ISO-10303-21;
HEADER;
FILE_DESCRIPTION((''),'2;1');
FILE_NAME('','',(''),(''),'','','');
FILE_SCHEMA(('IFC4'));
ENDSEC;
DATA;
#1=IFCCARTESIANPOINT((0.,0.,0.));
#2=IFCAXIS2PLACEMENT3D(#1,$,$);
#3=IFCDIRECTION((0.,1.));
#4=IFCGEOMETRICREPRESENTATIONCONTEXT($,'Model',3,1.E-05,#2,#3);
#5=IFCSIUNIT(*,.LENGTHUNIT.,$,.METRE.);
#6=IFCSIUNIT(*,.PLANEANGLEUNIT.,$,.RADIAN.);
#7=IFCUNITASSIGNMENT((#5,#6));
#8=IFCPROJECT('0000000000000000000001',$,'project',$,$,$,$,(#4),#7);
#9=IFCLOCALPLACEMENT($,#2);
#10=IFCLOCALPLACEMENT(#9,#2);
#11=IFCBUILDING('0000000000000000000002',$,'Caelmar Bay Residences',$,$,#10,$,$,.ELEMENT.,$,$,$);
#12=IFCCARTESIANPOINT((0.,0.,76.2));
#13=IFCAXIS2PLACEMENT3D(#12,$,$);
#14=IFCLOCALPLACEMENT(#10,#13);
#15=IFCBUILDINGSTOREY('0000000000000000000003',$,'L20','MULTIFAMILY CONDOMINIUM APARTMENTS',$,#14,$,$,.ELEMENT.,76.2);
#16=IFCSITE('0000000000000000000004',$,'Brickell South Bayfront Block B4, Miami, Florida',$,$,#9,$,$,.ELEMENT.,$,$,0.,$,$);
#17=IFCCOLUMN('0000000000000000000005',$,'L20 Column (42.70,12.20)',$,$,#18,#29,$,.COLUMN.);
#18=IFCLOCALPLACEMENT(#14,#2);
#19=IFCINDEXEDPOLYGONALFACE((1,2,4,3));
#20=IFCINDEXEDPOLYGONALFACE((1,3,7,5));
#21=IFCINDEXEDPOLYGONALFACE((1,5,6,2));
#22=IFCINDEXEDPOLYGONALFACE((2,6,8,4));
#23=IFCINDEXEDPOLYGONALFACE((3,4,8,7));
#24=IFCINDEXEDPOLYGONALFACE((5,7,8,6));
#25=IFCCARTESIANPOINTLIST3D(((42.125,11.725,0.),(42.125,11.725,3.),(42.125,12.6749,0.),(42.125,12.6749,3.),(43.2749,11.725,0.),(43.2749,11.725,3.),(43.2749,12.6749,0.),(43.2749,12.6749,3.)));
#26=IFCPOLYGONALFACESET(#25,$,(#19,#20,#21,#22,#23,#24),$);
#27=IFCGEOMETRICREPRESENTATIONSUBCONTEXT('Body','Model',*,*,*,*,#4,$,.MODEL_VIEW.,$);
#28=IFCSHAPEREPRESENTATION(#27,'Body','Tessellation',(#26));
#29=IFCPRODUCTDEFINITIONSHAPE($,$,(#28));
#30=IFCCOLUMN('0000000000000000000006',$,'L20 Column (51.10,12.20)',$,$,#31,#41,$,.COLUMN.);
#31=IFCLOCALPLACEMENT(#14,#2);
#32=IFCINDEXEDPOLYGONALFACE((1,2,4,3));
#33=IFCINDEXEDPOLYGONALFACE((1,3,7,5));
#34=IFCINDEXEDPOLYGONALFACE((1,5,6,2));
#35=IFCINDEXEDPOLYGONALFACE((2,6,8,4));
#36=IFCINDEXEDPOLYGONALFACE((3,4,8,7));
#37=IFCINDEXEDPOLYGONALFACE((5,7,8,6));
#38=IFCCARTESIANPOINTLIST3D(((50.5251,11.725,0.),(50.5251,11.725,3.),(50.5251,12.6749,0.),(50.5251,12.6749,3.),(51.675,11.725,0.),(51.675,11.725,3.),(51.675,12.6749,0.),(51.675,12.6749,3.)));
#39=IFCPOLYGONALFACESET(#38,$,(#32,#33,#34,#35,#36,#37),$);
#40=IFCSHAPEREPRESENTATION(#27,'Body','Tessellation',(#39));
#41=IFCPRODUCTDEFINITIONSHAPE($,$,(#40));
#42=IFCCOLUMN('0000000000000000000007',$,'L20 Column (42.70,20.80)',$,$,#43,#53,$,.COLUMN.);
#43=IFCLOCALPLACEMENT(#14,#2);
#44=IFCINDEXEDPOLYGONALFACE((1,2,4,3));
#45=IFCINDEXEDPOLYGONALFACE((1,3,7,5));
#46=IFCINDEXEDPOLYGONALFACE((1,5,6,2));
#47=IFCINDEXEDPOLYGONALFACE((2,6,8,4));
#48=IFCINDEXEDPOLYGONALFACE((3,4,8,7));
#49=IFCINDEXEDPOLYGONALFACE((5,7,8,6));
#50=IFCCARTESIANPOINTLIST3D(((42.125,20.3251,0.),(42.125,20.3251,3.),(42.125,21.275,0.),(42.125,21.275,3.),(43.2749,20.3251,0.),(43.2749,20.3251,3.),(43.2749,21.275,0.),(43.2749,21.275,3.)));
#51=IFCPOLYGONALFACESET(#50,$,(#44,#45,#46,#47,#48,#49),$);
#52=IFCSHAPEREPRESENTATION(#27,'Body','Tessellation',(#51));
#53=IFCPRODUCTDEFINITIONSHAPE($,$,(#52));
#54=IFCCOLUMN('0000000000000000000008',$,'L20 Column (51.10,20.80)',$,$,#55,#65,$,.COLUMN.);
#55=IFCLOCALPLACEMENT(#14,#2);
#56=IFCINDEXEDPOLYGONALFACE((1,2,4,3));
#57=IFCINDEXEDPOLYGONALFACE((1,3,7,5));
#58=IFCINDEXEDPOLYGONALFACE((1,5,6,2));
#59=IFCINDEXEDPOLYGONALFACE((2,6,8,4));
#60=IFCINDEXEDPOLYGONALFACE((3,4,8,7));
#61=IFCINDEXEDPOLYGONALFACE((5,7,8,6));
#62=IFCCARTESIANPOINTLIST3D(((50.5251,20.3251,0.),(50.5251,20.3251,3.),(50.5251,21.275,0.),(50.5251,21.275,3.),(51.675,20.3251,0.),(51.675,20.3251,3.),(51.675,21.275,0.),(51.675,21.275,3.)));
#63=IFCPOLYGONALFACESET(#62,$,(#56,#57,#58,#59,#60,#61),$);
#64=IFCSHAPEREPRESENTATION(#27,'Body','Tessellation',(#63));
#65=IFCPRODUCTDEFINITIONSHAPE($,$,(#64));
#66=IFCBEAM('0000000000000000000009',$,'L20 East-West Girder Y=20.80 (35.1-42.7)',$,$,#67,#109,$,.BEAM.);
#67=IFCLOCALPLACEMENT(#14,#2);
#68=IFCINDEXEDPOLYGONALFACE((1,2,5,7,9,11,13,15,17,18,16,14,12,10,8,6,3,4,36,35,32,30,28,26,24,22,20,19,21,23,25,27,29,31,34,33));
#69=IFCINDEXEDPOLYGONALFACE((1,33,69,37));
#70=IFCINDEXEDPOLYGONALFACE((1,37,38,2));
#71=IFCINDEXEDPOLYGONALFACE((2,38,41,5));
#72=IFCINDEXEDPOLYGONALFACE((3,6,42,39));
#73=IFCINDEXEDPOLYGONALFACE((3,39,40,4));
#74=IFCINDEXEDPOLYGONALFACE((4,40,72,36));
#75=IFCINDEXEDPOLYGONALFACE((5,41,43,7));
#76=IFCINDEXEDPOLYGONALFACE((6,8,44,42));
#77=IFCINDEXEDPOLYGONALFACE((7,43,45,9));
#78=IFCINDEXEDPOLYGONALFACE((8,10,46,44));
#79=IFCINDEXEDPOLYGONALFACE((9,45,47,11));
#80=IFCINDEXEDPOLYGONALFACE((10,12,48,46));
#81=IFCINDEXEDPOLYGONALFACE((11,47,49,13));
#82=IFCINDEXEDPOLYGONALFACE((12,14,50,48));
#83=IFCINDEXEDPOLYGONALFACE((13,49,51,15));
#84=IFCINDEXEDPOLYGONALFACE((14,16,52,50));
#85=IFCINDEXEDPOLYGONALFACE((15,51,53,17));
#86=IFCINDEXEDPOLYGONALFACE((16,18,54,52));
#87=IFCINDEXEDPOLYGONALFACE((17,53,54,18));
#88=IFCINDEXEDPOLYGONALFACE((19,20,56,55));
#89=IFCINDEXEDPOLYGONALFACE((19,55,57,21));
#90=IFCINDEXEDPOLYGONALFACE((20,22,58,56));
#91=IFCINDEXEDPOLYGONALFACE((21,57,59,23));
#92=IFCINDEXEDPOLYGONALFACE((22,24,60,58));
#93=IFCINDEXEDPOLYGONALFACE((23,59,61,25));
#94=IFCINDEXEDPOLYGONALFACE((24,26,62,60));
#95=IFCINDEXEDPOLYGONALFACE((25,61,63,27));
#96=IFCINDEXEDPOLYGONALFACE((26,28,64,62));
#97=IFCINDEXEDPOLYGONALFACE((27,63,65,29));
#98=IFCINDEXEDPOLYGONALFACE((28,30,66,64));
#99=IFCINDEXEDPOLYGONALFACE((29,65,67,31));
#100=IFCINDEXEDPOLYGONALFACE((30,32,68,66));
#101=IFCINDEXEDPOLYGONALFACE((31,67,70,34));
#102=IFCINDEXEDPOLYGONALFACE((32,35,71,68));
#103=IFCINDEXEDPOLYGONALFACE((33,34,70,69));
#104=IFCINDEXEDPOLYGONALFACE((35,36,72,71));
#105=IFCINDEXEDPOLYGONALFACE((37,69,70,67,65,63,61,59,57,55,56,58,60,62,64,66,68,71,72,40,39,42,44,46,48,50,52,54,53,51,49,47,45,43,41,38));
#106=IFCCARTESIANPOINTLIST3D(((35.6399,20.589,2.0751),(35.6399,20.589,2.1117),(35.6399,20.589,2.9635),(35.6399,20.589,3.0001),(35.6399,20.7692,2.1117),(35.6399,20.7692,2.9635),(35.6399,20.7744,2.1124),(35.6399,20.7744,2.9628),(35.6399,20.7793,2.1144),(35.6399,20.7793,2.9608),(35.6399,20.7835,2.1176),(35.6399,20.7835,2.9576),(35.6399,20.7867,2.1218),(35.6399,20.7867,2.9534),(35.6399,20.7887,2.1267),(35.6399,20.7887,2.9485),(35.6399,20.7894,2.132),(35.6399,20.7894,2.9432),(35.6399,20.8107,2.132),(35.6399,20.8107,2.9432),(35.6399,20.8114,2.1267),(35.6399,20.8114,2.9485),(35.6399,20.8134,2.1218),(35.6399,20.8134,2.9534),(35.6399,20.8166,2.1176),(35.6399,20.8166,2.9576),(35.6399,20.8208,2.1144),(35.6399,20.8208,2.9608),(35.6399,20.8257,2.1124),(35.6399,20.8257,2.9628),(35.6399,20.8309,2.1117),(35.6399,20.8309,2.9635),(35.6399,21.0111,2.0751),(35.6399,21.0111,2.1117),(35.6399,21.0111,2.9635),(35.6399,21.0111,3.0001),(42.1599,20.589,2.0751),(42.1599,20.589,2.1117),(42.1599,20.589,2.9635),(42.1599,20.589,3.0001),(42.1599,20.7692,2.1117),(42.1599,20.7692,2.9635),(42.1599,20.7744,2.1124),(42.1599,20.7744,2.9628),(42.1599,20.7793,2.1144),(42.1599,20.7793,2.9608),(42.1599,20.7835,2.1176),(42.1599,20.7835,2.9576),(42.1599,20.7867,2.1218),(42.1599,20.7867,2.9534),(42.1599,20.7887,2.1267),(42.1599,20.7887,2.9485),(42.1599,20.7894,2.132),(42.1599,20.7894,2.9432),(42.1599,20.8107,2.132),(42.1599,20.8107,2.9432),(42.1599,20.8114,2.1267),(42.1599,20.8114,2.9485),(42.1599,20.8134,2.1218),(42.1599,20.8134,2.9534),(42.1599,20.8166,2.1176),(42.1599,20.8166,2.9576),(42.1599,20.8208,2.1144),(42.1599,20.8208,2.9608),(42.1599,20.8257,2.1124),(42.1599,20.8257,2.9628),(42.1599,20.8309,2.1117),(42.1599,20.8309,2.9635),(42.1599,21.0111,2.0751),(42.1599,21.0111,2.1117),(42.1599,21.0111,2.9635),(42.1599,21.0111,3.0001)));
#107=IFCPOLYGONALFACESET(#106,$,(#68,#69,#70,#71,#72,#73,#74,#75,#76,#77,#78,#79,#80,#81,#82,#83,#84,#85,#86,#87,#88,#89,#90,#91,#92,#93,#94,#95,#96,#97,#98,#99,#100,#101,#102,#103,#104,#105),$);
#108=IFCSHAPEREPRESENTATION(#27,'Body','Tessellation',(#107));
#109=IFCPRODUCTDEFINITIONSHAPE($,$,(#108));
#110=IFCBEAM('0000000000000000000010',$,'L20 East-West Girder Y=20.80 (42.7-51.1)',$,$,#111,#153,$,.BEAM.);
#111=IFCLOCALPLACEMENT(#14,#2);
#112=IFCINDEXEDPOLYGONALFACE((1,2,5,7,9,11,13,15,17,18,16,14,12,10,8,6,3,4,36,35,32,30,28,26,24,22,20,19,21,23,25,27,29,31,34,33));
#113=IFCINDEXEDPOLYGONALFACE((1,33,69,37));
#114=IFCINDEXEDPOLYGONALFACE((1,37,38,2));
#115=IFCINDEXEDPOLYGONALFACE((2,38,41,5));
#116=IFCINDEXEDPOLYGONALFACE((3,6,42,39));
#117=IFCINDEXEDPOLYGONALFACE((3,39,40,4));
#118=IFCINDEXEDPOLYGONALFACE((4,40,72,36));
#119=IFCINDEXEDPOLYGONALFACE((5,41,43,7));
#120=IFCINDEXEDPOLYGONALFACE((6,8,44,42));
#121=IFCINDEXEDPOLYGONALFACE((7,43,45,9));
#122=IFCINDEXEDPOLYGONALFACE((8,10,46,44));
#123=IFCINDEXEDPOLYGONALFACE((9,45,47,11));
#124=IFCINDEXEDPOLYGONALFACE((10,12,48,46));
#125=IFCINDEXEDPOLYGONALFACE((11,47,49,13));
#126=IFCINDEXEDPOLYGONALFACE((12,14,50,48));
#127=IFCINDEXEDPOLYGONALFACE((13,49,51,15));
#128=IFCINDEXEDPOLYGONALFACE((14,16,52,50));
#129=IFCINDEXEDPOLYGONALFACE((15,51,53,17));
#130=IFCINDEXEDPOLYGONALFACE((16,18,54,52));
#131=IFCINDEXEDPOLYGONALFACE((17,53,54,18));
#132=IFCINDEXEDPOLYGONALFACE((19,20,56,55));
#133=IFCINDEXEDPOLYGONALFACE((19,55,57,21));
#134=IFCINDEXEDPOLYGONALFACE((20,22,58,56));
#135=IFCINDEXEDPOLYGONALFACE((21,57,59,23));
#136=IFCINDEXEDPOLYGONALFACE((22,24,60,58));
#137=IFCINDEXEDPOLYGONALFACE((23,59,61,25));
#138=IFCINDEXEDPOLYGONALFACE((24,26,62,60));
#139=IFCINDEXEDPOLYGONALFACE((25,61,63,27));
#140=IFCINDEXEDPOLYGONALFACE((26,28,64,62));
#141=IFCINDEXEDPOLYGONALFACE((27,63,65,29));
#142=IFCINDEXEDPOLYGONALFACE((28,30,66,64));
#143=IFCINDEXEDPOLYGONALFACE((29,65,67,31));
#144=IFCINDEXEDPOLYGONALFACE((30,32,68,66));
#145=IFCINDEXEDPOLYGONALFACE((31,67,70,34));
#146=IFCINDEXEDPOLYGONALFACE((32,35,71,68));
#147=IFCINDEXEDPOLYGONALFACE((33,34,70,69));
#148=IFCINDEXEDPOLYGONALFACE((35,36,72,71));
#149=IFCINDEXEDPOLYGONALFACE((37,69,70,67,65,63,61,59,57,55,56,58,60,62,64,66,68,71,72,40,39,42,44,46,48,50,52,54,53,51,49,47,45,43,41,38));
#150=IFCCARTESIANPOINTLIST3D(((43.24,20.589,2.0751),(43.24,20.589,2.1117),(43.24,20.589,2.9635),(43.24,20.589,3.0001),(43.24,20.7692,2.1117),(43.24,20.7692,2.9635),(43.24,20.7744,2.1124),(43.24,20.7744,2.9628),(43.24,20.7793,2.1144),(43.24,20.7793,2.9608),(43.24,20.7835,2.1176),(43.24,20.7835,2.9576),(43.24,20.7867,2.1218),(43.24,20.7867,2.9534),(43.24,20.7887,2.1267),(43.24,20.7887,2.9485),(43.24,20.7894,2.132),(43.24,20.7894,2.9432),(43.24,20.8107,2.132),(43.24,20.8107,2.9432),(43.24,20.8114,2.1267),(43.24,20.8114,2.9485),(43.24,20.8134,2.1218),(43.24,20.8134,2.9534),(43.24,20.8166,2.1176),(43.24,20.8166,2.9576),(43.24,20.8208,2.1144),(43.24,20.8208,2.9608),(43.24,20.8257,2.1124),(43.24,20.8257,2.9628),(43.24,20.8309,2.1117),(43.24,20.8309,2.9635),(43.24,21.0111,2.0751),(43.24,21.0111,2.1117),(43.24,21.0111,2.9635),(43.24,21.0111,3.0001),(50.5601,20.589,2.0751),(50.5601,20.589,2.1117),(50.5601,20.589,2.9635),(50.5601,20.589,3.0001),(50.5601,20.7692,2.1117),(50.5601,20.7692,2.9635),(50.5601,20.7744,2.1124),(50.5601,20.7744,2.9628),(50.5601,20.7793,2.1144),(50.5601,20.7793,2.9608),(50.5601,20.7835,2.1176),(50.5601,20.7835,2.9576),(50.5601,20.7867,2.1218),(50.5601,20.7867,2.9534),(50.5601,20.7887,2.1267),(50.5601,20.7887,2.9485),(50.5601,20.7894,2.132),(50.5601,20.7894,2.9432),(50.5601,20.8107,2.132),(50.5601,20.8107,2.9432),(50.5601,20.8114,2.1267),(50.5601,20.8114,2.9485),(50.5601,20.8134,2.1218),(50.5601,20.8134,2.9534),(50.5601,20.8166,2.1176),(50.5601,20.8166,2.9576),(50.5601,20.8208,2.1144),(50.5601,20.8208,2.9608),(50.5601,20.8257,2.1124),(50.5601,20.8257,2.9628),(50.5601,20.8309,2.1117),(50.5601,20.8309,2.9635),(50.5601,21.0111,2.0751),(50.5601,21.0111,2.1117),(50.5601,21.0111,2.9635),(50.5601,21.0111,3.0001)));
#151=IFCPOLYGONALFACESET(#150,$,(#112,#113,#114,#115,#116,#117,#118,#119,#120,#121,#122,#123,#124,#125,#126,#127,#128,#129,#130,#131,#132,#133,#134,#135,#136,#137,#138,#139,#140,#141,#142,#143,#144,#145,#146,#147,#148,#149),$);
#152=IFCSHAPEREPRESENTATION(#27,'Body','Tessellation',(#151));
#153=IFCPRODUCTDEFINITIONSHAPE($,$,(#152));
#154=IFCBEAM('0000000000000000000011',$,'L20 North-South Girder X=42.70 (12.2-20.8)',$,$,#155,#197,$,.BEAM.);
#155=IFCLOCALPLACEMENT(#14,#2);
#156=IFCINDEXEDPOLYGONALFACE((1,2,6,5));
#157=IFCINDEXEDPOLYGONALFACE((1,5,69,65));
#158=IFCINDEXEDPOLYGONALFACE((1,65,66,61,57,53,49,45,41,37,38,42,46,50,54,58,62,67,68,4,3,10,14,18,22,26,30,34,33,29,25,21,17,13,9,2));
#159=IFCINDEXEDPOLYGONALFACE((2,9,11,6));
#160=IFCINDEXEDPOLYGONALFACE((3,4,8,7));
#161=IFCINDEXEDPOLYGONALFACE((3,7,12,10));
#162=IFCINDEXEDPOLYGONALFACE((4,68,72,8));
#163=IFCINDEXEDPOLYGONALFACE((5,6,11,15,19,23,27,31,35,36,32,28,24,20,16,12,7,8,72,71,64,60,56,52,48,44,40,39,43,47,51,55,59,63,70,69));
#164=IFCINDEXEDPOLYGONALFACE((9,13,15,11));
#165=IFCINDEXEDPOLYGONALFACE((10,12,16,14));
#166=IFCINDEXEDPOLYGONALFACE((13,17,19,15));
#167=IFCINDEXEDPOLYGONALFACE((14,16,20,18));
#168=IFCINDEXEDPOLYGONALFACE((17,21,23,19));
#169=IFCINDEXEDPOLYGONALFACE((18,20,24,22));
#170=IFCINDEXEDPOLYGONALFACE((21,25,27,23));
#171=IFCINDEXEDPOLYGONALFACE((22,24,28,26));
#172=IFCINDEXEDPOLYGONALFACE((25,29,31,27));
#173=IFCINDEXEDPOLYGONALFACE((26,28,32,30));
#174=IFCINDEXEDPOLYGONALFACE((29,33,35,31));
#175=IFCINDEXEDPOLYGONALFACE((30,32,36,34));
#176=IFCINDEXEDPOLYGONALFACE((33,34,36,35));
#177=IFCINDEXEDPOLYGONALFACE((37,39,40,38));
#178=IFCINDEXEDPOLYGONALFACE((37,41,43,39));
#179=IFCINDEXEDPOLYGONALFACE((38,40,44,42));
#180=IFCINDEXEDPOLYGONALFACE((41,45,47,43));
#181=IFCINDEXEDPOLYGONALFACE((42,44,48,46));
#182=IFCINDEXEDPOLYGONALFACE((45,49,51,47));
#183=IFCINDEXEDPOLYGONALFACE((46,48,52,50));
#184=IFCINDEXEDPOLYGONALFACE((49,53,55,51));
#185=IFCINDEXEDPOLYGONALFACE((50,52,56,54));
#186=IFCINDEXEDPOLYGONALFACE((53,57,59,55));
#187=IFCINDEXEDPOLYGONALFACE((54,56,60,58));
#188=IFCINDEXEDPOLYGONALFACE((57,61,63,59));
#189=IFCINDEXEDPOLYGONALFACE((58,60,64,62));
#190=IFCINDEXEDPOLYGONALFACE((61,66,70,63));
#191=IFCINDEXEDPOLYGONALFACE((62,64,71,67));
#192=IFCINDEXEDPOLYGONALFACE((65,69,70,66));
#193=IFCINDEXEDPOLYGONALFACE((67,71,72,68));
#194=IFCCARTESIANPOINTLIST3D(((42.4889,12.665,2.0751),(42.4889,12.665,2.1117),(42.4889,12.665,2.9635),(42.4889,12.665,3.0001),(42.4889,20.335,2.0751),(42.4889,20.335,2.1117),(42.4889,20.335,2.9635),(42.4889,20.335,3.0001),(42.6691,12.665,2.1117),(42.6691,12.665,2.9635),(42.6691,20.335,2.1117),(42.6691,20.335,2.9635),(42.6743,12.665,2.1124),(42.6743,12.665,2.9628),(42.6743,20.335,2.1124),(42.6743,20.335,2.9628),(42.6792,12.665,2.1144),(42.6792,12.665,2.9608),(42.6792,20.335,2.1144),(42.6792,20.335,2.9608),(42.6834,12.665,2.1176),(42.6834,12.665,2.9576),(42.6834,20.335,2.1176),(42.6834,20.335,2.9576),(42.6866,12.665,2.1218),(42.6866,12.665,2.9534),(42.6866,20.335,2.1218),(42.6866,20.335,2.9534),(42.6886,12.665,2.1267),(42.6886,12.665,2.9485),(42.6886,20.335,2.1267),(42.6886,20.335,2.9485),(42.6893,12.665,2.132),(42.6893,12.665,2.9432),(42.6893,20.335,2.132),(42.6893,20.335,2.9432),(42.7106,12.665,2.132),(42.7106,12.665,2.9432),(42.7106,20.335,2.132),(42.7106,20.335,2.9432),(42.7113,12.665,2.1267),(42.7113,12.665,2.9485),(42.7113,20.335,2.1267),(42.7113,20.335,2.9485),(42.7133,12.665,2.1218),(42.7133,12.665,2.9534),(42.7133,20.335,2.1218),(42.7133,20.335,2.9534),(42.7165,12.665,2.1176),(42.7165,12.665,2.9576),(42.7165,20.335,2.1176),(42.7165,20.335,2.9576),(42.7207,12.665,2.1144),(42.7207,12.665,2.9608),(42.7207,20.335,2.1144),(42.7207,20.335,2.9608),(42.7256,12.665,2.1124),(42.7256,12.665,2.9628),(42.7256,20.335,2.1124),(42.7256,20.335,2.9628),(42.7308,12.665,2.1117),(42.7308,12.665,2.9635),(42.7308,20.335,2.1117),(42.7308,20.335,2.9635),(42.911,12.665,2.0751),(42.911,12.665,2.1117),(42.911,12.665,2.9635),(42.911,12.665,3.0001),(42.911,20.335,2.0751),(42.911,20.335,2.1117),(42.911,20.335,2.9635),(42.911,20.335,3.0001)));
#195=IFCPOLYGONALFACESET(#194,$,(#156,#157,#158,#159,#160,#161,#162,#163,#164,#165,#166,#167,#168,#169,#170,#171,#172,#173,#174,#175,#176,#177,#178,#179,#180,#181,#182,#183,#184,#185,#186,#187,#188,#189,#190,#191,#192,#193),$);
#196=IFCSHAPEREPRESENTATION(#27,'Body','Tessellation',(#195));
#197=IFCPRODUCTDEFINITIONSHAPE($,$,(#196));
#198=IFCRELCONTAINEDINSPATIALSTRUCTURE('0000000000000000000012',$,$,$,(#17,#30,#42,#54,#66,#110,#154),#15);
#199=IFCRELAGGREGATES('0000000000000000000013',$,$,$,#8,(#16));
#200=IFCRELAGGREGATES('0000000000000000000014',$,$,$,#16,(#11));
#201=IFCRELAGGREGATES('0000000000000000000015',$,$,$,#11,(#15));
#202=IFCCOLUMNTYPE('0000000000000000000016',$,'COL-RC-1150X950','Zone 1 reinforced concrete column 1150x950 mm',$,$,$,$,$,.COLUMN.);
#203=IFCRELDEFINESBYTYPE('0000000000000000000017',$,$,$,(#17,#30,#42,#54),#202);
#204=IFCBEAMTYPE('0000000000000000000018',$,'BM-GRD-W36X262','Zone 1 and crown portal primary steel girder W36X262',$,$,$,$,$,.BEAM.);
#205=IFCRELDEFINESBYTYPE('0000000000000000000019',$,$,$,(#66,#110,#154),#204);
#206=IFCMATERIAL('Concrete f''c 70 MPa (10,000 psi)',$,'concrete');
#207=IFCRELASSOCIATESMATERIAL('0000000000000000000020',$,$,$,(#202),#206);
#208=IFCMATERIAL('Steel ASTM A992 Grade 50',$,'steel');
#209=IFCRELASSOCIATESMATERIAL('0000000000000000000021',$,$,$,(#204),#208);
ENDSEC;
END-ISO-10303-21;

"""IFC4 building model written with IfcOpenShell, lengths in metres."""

from ifc_helpers import new_model, si_unit, direction, frame, origin, origin_2d, place, context, subcontext, project, spatial, rectangle, i_section, extrude, material, material_profile, profile_set, type_object, element, save


model = new_model("IFC4")

# Units and contexts
model_context = context("Model", 3, precision=1e-05, world=origin(), true_north=direction((0.0, 1.0)))
body_context = subcontext(model_context, "Body", "Model", "MODEL_VIEW")
ifc_project = project(units=[si_unit("LENGTHUNIT", "METRE"), si_unit("PLANEANGLEUNIT", "RADIAN")], contexts=[model_context])

# Site, building, storey
site_placement = place(None, origin())
site = spatial("IfcSite", under=ifc_project, at=site_placement, Name="Brickell South Bayfront Block B4, Miami, Florida", CompositionType="ELEMENT", RefElevation=0.0)
building_placement = place(site_placement, origin())
building = spatial("IfcBuilding", under=site, at=building_placement, Name="Caelmar Bay Residences", CompositionType="ELEMENT")
storey_placement = place(building_placement, frame((0.0, 0.0, 76.2)))
storey = spatial("IfcBuildingStorey", under=building, at=storey_placement, Name="L20", Description="MULTIFAMILY CONDOMINIUM APARTMENTS", CompositionType="ELEMENT", Elevation=76.2)

# Columns
ifc_material_1 = material(Name="Concrete f'c 70 MPa (10,000 psi)", Category="concrete")
ifc_material_profile_1 = material_profile(ifc_material_1, rectangle(XDim=1.1499, YDim=0.95, at=origin_2d()), Name="RC-COL-1150X950")
ifc_profile_set_1 = profile_set([ifc_material_profile_1], Name="Concrete f'c 70 MPa (10,000 psi)")
column_type = type_object("IfcColumnType", Name="COL-RC-1150X950", Description="Zone 1 reinforced concrete column 1150x950 mm", PredefinedType="COLUMN", material=ifc_profile_set_1)
for number, where, z_axis, x_axis, name in (
    (1, (42.7, 12.2, 0.0), (0.0, 0.0, 1.0), (1.0, 0.0, 0.0), "L20 Column (42.70,12.20)"),
    (2, (51.1001, 12.2, 0.0), (0.0, 0.0, 1.0), (1.0, 0.0, 0.0), "L20 Column (51.10,12.20)"),
    (3, (42.7, 20.8, 0.0), (0.0, 0.0, 1.0), (1.0, 0.0, 0.0), "L20 Column (42.70,20.80)"),
    (4, (51.1001, 20.8, 0.0), (0.0, 0.0, 1.0), (1.0, 0.0, 0.0), "L20 Column (51.10,20.80)"),
):
    element("IfcColumn", number, at=place(storey_placement, frame(where, z_axis=z_axis, x_axis=x_axis)), inside=storey, type_object=column_type, Name=name, PredefinedType="COLUMN", context=body_context, shape_type="SweptSolid", body=[
        extrude(rectangle(XDim=1.1499, YDim=0.95, at=origin_2d()), origin(), (0.0, 0.0, 1.0), 3.0),
    ])

# Beams
ifc_material_2 = material(Name="Steel ASTM A992 Grade 50", Category="steel")
ifc_material_profile_2 = material_profile(ifc_material_2, i_section(OverallWidth=0.4221, OverallDepth=0.925, WebThickness=0.0212, FlangeThickness=0.0366, FilletRadius=0.0203, at=origin_2d()), Name="W36X262")
ifc_profile_set_2 = profile_set([ifc_material_profile_2], Name="Steel ASTM A992 Grade 50")
beam_type_1 = type_object("IfcBeamType", Name="BM-GRD-W36X262", Description="Zone 1 and crown portal primary steel girder W36X262", PredefinedType="BEAM", material=ifc_profile_set_2)
beam_1_placement = place(storey_placement, frame((35.6399, 20.8, 2.5376), z_axis=(1.0, 0.0, 0.0), x_axis=(0.0, 1.0, 0.0)))
element("IfcBeam", 5, at=beam_1_placement, inside=storey, type_object=beam_type_1, Name="L20 East-West Girder Y=20.80 (35.1-42.7)", PredefinedType="BEAM", context=body_context, shape_type="SweptSolid", body=[
    extrude(i_section(OverallWidth=0.4221, OverallDepth=0.925, WebThickness=0.0212, FlangeThickness=0.0366, FilletRadius=0.0203, at=origin_2d()), origin(), (0.0, 0.0, 1.0), 6.52),
])
beam_2_placement = place(storey_placement, frame((43.24, 20.8, 2.5376), z_axis=(1.0, 0.0, 0.0), x_axis=(0.0, 1.0, 0.0)))
element("IfcBeam", 6, at=beam_2_placement, inside=storey, type_object=beam_type_1, Name="L20 East-West Girder Y=20.80 (42.7-51.1)", PredefinedType="BEAM", context=body_context, shape_type="SweptSolid", body=[
    extrude(i_section(OverallWidth=0.4221, OverallDepth=0.925, WebThickness=0.0212, FlangeThickness=0.0366, FilletRadius=0.0203, at=origin_2d()), origin(), (0.0, 0.0, 1.0), 7.3201),
])
for number, where, z_axis, x_axis, name in (
    (7, (42.7, 12.665, 2.5376), (0.0, 1.0, 0.0), (-1.0, 0.0, 0.0), "L20 North-South Girder X=42.70 (12.2-20.8)"),
):
    element("IfcBeam", number, at=place(storey_placement, frame(where, z_axis=z_axis, x_axis=x_axis)), inside=storey, type_object=beam_type_1, Name=name, PredefinedType="BEAM", context=body_context, shape_type="SweptSolid", body=[
        extrude(i_section(OverallWidth=0.4221, OverallDepth=0.925, WebThickness=0.0212, FlangeThickness=0.0366, FilletRadius=0.0203, at=origin_2d()), origin(), (0.0, 0.0, 1.0), 7.6699),
    ])

save(model, "model.ifc")
